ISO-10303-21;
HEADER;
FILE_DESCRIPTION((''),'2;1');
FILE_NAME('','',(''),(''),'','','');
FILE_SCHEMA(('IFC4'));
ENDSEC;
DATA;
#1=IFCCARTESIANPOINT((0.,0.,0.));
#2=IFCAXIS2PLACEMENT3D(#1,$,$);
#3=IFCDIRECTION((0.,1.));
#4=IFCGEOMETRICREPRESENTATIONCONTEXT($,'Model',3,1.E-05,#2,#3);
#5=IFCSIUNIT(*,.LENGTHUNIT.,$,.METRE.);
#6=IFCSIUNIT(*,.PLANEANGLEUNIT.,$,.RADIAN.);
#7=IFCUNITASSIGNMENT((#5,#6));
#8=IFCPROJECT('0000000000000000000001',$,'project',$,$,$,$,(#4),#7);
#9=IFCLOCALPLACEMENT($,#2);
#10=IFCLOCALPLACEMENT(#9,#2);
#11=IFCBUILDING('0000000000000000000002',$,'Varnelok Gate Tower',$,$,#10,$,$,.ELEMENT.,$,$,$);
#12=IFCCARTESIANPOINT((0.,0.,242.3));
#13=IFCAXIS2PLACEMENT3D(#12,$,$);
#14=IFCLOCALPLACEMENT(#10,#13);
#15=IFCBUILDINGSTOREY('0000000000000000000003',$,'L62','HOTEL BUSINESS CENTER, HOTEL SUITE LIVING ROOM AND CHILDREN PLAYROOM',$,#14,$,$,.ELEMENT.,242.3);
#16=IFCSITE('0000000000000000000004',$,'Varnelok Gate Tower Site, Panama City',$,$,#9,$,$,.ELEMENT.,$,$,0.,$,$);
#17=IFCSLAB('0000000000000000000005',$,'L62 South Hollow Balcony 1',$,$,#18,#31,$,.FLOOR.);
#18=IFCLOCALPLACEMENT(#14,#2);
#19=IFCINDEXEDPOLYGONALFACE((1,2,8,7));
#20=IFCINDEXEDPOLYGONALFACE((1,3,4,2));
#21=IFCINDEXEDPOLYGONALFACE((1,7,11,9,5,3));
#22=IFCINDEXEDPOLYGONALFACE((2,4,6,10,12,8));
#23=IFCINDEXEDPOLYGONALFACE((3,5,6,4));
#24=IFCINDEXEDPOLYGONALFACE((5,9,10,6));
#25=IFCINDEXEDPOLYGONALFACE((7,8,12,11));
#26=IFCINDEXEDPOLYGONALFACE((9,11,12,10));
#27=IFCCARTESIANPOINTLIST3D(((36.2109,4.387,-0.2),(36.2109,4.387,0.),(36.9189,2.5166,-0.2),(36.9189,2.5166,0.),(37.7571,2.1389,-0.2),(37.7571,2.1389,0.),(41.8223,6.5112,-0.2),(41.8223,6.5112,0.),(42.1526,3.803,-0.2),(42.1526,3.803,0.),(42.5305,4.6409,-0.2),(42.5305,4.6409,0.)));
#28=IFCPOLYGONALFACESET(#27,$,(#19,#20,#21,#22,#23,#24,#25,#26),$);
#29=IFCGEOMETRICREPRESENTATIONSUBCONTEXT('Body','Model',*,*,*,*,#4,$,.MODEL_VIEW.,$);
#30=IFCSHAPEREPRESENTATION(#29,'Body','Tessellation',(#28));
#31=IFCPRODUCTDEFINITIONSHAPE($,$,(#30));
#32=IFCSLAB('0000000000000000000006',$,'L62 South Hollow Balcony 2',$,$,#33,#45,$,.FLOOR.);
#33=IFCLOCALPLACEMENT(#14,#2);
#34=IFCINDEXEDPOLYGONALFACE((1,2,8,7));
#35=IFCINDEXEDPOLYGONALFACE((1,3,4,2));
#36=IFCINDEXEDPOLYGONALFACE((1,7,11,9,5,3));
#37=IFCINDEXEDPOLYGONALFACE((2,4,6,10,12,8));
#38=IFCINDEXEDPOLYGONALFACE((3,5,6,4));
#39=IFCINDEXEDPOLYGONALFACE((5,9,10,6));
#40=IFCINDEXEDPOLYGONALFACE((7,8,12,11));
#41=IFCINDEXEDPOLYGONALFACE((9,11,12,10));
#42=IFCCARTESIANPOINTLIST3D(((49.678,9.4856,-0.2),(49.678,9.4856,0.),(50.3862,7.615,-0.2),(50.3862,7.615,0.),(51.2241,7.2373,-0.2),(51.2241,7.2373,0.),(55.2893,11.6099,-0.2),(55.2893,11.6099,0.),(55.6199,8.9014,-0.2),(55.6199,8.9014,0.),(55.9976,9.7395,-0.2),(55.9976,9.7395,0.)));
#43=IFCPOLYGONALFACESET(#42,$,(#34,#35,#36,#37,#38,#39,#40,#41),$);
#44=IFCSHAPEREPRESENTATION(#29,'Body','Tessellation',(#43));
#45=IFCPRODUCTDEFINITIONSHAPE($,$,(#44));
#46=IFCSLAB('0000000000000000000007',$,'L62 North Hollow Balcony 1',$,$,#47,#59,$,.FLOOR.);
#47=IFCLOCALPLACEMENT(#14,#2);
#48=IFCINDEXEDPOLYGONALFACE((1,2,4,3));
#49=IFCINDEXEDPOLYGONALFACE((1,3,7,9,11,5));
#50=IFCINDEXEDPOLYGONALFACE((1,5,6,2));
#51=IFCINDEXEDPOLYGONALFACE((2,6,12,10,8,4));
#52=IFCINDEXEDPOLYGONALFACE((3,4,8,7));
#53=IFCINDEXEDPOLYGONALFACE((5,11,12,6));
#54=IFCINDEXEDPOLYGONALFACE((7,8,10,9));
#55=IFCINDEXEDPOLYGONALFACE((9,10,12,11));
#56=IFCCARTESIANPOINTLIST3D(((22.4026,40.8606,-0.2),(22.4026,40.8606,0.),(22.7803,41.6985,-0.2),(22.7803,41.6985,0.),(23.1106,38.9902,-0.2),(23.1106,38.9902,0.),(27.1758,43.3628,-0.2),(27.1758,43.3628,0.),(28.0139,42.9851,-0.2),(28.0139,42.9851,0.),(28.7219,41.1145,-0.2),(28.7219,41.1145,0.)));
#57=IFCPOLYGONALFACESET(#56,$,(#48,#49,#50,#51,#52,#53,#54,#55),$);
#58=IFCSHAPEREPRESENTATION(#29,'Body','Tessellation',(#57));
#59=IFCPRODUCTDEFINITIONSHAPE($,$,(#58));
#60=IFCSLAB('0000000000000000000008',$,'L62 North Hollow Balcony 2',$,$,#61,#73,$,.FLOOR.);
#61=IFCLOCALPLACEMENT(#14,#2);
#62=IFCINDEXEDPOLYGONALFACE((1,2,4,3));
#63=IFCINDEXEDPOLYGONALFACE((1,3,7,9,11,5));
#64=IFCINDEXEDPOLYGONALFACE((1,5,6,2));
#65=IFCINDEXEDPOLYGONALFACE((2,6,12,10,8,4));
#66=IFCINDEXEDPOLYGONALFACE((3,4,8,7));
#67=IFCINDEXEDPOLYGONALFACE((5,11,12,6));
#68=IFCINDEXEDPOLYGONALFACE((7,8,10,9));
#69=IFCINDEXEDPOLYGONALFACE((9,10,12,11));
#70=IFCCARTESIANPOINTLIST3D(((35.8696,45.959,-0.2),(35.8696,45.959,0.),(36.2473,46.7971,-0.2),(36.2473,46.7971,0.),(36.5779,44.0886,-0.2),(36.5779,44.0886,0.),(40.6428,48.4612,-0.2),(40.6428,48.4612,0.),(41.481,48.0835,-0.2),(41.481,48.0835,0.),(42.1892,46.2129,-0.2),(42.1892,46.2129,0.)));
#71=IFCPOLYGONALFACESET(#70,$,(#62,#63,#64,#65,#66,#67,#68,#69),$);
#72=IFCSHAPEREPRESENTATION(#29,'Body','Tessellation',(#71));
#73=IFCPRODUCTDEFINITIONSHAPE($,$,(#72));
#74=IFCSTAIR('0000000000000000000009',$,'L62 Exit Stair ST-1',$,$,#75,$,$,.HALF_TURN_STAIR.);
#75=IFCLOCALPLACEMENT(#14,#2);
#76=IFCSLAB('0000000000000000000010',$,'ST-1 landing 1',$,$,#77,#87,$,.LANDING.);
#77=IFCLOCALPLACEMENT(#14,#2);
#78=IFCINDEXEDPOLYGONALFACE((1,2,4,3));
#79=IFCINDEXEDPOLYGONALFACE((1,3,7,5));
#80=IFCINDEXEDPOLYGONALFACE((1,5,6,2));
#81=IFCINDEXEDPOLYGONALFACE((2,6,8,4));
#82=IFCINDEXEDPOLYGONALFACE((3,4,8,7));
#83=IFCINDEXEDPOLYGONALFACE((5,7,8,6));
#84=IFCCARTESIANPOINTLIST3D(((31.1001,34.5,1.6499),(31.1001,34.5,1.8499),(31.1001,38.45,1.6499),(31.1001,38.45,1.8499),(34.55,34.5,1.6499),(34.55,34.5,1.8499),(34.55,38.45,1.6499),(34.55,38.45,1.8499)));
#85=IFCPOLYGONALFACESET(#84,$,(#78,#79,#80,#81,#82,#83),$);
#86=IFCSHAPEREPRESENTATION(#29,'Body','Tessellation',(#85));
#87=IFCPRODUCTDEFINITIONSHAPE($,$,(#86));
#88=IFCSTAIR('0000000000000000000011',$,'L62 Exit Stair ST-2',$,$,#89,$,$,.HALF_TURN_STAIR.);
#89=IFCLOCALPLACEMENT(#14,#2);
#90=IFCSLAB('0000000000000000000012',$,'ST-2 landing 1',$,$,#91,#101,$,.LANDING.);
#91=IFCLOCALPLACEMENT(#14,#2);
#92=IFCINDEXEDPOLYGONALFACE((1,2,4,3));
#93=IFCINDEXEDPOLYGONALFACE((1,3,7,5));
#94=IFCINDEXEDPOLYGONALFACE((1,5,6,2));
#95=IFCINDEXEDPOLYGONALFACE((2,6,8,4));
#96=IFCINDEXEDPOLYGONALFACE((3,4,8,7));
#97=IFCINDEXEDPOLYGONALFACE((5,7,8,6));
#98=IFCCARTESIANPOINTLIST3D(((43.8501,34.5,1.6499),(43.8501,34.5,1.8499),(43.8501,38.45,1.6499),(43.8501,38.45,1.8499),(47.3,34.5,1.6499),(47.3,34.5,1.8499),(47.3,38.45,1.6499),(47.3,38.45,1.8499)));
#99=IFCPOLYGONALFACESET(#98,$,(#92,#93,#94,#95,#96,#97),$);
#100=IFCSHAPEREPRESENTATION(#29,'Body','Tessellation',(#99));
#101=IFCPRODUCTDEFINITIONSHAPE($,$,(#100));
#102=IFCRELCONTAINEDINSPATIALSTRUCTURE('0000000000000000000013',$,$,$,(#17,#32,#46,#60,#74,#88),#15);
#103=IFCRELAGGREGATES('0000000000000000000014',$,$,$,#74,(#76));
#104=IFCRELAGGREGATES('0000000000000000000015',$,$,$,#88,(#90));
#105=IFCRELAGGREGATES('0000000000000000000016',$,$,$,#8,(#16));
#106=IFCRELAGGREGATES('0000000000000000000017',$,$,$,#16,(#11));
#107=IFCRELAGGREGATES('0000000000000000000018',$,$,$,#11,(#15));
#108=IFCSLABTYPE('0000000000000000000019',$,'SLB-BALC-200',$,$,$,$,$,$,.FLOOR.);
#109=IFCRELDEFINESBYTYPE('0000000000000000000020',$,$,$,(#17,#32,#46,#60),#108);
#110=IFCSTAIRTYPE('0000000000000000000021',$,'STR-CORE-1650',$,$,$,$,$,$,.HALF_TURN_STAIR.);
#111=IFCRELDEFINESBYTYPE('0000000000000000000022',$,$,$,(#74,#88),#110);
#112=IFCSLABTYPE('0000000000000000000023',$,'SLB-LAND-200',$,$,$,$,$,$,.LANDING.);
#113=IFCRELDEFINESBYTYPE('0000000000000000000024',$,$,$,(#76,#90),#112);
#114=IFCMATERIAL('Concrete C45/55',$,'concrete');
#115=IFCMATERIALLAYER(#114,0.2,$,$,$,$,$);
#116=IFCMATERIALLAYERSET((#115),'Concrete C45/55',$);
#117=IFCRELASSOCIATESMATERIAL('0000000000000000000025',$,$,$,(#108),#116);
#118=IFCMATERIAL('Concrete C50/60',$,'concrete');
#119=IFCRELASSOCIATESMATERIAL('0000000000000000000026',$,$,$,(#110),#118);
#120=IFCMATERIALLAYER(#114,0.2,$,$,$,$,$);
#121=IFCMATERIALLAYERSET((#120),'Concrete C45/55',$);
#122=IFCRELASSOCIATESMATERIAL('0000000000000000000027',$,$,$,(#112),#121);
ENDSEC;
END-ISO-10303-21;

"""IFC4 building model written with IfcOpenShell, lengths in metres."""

from ifc_helpers import new_model, si_unit, direction, frame, origin, place, context, subcontext, project, spatial, polyline, outline, extrude, material, layer, layer_set, type_object, element, aggregate, save


model = new_model("IFC4")

# Units and contexts
model_context = context("Model", 3, precision=1e-05, world=origin(), true_north=direction((0.0, 1.0)))
body_context = subcontext(model_context, "Body", "Model", "MODEL_VIEW")
ifc_project = project(units=[si_unit("LENGTHUNIT", "METRE"), si_unit("PLANEANGLEUNIT", "RADIAN")], contexts=[model_context])

# Site, building, storey
site_placement = place(None, origin())
site = spatial("IfcSite", under=ifc_project, at=site_placement, Name="Varnelok Gate Tower Site, Panama City", CompositionType="ELEMENT", RefElevation=0.0)
building_placement = place(site_placement, origin())
building = spatial("IfcBuilding", under=site, at=building_placement, Name="Varnelok Gate Tower", CompositionType="ELEMENT")
storey_placement = place(building_placement, frame((0.0, 0.0, 242.3)))
storey = spatial("IfcBuildingStorey", under=building, at=storey_placement, Name="L62", Description="HOTEL BUSINESS CENTER, HOTEL SUITE LIVING ROOM AND CHILDREN PLAYROOM", CompositionType="ELEMENT", Elevation=242.3)

# Slabs
ifc_material_1 = material(Name="Concrete C45/55", Category="concrete")
ifc_layer_1 = layer(ifc_material_1, 0.2)
ifc_layer_set_1 = layer_set([ifc_layer_1], Name="Concrete C45/55")
slab_type_1 = type_object("IfcSlabType", Name="SLB-BALC-200", PredefinedType="FLOOR", material=ifc_layer_set_1)
slab_1_placement = place(storey_placement, frame((0.0, 0.0, -0.2)))
element("IfcSlab", 1, at=slab_1_placement, inside=storey, type_object=slab_type_1, Name="L62 South Hollow Balcony 1", PredefinedType="FLOOR", context=body_context, shape_type="SweptSolid", body=[
    extrude(outline(polyline([(36.9189, 2.5166), (37.7571, 2.1389), (42.1526, 3.803), (42.5305, 4.6409), (41.8223, 6.5112), (36.2109, 4.387), (36.9189, 2.5166)])), origin(), (0.0, 0.0, 1.0), 0.2),
])
slab_2_placement = place(storey_placement, frame((0.0, 0.0, -0.2)))
element("IfcSlab", 2, at=slab_2_placement, inside=storey, type_object=slab_type_1, Name="L62 South Hollow Balcony 2", PredefinedType="FLOOR", context=body_context, shape_type="SweptSolid", body=[
    extrude(outline(polyline([(50.3862, 7.615), (51.2241, 7.2373), (55.6199, 8.9014), (55.9976, 9.7395), (55.2893, 11.6099), (49.678, 9.4856), (50.3862, 7.615)])), origin(), (0.0, 0.0, 1.0), 0.2),
])
slab_3_placement = place(storey_placement, frame((0.0, 0.0, -0.2)))
element("IfcSlab", 3, at=slab_3_placement, inside=storey, type_object=slab_type_1, Name="L62 North Hollow Balcony 1", PredefinedType="FLOOR", context=body_context, shape_type="SweptSolid", body=[
    extrude(outline(polyline([(23.1106, 38.9902), (28.7219, 41.1145), (28.0139, 42.9851), (27.1758, 43.3628), (22.7803, 41.6985), (22.4026, 40.8606), (23.1106, 38.9902)])), origin(), (0.0, 0.0, 1.0), 0.2),
])
slab_4_placement = place(storey_placement, frame((0.0, 0.0, -0.2)))
element("IfcSlab", 4, at=slab_4_placement, inside=storey, type_object=slab_type_1, Name="L62 North Hollow Balcony 2", PredefinedType="FLOOR", context=body_context, shape_type="SweptSolid", body=[
    extrude(outline(polyline([(36.5779, 44.0886), (42.1892, 46.2129), (41.481, 48.0835), (40.6428, 48.4612), (36.2473, 46.7971), (35.8696, 45.959), (36.5779, 44.0886)])), origin(), (0.0, 0.0, 1.0), 0.2),
])

# Stairs, slabs
ifc_material_2 = material(Name="Concrete C50/60", Category="concrete")
stair_type = type_object("IfcStairType", Name="STR-CORE-1650", PredefinedType="HALF_TURN_STAIR", material=ifc_material_2)
stair_1_placement = place(storey_placement, origin())
stair_1 = element("IfcStair", 5, at=stair_1_placement, inside=storey, type_object=stair_type, Name="L62 Exit Stair ST-1", PredefinedType="HALF_TURN_STAIR")
ifc_layer_2 = layer(ifc_material_1, 0.2)
ifc_layer_set_2 = layer_set([ifc_layer_2], Name="Concrete C45/55")
slab_type_2 = type_object("IfcSlabType", Name="SLB-LAND-200", PredefinedType="LANDING", material=ifc_layer_set_2)
slab_5_placement = place(storey_placement, frame((0.0, 0.0, 1.6499)))
slab_5 = element("IfcSlab", 6, at=slab_5_placement, type_object=slab_type_2, Name="ST-1 landing 1", PredefinedType="LANDING", context=body_context, shape_type="SweptSolid", body=[
    extrude(outline(polyline([(34.55, 34.5), (34.55, 38.45), (31.1001, 38.45), (31.1001, 34.5), (34.55, 34.5)])), origin(), (0.0, 0.0, 1.0), 0.2),
])
aggregate(stair_1, [slab_5])
stair_2_placement = place(storey_placement, origin())
stair_2 = element("IfcStair", 7, at=stair_2_placement, inside=storey, type_object=stair_type, Name="L62 Exit Stair ST-2", PredefinedType="HALF_TURN_STAIR")
slab_6_placement = place(storey_placement, frame((0.0, 0.0, 1.6499)))
slab_6 = element("IfcSlab", 8, at=slab_6_placement, type_object=slab_type_2, Name="ST-2 landing 1", PredefinedType="LANDING", context=body_context, shape_type="SweptSolid", body=[
    extrude(outline(polyline([(47.3, 34.5), (47.3, 38.45), (43.8501, 38.45), (43.8501, 34.5), (47.3, 34.5)])), origin(), (0.0, 0.0, 1.0), 0.2),
])
aggregate(stair_2, [slab_6])

save(model, "model.ifc")
